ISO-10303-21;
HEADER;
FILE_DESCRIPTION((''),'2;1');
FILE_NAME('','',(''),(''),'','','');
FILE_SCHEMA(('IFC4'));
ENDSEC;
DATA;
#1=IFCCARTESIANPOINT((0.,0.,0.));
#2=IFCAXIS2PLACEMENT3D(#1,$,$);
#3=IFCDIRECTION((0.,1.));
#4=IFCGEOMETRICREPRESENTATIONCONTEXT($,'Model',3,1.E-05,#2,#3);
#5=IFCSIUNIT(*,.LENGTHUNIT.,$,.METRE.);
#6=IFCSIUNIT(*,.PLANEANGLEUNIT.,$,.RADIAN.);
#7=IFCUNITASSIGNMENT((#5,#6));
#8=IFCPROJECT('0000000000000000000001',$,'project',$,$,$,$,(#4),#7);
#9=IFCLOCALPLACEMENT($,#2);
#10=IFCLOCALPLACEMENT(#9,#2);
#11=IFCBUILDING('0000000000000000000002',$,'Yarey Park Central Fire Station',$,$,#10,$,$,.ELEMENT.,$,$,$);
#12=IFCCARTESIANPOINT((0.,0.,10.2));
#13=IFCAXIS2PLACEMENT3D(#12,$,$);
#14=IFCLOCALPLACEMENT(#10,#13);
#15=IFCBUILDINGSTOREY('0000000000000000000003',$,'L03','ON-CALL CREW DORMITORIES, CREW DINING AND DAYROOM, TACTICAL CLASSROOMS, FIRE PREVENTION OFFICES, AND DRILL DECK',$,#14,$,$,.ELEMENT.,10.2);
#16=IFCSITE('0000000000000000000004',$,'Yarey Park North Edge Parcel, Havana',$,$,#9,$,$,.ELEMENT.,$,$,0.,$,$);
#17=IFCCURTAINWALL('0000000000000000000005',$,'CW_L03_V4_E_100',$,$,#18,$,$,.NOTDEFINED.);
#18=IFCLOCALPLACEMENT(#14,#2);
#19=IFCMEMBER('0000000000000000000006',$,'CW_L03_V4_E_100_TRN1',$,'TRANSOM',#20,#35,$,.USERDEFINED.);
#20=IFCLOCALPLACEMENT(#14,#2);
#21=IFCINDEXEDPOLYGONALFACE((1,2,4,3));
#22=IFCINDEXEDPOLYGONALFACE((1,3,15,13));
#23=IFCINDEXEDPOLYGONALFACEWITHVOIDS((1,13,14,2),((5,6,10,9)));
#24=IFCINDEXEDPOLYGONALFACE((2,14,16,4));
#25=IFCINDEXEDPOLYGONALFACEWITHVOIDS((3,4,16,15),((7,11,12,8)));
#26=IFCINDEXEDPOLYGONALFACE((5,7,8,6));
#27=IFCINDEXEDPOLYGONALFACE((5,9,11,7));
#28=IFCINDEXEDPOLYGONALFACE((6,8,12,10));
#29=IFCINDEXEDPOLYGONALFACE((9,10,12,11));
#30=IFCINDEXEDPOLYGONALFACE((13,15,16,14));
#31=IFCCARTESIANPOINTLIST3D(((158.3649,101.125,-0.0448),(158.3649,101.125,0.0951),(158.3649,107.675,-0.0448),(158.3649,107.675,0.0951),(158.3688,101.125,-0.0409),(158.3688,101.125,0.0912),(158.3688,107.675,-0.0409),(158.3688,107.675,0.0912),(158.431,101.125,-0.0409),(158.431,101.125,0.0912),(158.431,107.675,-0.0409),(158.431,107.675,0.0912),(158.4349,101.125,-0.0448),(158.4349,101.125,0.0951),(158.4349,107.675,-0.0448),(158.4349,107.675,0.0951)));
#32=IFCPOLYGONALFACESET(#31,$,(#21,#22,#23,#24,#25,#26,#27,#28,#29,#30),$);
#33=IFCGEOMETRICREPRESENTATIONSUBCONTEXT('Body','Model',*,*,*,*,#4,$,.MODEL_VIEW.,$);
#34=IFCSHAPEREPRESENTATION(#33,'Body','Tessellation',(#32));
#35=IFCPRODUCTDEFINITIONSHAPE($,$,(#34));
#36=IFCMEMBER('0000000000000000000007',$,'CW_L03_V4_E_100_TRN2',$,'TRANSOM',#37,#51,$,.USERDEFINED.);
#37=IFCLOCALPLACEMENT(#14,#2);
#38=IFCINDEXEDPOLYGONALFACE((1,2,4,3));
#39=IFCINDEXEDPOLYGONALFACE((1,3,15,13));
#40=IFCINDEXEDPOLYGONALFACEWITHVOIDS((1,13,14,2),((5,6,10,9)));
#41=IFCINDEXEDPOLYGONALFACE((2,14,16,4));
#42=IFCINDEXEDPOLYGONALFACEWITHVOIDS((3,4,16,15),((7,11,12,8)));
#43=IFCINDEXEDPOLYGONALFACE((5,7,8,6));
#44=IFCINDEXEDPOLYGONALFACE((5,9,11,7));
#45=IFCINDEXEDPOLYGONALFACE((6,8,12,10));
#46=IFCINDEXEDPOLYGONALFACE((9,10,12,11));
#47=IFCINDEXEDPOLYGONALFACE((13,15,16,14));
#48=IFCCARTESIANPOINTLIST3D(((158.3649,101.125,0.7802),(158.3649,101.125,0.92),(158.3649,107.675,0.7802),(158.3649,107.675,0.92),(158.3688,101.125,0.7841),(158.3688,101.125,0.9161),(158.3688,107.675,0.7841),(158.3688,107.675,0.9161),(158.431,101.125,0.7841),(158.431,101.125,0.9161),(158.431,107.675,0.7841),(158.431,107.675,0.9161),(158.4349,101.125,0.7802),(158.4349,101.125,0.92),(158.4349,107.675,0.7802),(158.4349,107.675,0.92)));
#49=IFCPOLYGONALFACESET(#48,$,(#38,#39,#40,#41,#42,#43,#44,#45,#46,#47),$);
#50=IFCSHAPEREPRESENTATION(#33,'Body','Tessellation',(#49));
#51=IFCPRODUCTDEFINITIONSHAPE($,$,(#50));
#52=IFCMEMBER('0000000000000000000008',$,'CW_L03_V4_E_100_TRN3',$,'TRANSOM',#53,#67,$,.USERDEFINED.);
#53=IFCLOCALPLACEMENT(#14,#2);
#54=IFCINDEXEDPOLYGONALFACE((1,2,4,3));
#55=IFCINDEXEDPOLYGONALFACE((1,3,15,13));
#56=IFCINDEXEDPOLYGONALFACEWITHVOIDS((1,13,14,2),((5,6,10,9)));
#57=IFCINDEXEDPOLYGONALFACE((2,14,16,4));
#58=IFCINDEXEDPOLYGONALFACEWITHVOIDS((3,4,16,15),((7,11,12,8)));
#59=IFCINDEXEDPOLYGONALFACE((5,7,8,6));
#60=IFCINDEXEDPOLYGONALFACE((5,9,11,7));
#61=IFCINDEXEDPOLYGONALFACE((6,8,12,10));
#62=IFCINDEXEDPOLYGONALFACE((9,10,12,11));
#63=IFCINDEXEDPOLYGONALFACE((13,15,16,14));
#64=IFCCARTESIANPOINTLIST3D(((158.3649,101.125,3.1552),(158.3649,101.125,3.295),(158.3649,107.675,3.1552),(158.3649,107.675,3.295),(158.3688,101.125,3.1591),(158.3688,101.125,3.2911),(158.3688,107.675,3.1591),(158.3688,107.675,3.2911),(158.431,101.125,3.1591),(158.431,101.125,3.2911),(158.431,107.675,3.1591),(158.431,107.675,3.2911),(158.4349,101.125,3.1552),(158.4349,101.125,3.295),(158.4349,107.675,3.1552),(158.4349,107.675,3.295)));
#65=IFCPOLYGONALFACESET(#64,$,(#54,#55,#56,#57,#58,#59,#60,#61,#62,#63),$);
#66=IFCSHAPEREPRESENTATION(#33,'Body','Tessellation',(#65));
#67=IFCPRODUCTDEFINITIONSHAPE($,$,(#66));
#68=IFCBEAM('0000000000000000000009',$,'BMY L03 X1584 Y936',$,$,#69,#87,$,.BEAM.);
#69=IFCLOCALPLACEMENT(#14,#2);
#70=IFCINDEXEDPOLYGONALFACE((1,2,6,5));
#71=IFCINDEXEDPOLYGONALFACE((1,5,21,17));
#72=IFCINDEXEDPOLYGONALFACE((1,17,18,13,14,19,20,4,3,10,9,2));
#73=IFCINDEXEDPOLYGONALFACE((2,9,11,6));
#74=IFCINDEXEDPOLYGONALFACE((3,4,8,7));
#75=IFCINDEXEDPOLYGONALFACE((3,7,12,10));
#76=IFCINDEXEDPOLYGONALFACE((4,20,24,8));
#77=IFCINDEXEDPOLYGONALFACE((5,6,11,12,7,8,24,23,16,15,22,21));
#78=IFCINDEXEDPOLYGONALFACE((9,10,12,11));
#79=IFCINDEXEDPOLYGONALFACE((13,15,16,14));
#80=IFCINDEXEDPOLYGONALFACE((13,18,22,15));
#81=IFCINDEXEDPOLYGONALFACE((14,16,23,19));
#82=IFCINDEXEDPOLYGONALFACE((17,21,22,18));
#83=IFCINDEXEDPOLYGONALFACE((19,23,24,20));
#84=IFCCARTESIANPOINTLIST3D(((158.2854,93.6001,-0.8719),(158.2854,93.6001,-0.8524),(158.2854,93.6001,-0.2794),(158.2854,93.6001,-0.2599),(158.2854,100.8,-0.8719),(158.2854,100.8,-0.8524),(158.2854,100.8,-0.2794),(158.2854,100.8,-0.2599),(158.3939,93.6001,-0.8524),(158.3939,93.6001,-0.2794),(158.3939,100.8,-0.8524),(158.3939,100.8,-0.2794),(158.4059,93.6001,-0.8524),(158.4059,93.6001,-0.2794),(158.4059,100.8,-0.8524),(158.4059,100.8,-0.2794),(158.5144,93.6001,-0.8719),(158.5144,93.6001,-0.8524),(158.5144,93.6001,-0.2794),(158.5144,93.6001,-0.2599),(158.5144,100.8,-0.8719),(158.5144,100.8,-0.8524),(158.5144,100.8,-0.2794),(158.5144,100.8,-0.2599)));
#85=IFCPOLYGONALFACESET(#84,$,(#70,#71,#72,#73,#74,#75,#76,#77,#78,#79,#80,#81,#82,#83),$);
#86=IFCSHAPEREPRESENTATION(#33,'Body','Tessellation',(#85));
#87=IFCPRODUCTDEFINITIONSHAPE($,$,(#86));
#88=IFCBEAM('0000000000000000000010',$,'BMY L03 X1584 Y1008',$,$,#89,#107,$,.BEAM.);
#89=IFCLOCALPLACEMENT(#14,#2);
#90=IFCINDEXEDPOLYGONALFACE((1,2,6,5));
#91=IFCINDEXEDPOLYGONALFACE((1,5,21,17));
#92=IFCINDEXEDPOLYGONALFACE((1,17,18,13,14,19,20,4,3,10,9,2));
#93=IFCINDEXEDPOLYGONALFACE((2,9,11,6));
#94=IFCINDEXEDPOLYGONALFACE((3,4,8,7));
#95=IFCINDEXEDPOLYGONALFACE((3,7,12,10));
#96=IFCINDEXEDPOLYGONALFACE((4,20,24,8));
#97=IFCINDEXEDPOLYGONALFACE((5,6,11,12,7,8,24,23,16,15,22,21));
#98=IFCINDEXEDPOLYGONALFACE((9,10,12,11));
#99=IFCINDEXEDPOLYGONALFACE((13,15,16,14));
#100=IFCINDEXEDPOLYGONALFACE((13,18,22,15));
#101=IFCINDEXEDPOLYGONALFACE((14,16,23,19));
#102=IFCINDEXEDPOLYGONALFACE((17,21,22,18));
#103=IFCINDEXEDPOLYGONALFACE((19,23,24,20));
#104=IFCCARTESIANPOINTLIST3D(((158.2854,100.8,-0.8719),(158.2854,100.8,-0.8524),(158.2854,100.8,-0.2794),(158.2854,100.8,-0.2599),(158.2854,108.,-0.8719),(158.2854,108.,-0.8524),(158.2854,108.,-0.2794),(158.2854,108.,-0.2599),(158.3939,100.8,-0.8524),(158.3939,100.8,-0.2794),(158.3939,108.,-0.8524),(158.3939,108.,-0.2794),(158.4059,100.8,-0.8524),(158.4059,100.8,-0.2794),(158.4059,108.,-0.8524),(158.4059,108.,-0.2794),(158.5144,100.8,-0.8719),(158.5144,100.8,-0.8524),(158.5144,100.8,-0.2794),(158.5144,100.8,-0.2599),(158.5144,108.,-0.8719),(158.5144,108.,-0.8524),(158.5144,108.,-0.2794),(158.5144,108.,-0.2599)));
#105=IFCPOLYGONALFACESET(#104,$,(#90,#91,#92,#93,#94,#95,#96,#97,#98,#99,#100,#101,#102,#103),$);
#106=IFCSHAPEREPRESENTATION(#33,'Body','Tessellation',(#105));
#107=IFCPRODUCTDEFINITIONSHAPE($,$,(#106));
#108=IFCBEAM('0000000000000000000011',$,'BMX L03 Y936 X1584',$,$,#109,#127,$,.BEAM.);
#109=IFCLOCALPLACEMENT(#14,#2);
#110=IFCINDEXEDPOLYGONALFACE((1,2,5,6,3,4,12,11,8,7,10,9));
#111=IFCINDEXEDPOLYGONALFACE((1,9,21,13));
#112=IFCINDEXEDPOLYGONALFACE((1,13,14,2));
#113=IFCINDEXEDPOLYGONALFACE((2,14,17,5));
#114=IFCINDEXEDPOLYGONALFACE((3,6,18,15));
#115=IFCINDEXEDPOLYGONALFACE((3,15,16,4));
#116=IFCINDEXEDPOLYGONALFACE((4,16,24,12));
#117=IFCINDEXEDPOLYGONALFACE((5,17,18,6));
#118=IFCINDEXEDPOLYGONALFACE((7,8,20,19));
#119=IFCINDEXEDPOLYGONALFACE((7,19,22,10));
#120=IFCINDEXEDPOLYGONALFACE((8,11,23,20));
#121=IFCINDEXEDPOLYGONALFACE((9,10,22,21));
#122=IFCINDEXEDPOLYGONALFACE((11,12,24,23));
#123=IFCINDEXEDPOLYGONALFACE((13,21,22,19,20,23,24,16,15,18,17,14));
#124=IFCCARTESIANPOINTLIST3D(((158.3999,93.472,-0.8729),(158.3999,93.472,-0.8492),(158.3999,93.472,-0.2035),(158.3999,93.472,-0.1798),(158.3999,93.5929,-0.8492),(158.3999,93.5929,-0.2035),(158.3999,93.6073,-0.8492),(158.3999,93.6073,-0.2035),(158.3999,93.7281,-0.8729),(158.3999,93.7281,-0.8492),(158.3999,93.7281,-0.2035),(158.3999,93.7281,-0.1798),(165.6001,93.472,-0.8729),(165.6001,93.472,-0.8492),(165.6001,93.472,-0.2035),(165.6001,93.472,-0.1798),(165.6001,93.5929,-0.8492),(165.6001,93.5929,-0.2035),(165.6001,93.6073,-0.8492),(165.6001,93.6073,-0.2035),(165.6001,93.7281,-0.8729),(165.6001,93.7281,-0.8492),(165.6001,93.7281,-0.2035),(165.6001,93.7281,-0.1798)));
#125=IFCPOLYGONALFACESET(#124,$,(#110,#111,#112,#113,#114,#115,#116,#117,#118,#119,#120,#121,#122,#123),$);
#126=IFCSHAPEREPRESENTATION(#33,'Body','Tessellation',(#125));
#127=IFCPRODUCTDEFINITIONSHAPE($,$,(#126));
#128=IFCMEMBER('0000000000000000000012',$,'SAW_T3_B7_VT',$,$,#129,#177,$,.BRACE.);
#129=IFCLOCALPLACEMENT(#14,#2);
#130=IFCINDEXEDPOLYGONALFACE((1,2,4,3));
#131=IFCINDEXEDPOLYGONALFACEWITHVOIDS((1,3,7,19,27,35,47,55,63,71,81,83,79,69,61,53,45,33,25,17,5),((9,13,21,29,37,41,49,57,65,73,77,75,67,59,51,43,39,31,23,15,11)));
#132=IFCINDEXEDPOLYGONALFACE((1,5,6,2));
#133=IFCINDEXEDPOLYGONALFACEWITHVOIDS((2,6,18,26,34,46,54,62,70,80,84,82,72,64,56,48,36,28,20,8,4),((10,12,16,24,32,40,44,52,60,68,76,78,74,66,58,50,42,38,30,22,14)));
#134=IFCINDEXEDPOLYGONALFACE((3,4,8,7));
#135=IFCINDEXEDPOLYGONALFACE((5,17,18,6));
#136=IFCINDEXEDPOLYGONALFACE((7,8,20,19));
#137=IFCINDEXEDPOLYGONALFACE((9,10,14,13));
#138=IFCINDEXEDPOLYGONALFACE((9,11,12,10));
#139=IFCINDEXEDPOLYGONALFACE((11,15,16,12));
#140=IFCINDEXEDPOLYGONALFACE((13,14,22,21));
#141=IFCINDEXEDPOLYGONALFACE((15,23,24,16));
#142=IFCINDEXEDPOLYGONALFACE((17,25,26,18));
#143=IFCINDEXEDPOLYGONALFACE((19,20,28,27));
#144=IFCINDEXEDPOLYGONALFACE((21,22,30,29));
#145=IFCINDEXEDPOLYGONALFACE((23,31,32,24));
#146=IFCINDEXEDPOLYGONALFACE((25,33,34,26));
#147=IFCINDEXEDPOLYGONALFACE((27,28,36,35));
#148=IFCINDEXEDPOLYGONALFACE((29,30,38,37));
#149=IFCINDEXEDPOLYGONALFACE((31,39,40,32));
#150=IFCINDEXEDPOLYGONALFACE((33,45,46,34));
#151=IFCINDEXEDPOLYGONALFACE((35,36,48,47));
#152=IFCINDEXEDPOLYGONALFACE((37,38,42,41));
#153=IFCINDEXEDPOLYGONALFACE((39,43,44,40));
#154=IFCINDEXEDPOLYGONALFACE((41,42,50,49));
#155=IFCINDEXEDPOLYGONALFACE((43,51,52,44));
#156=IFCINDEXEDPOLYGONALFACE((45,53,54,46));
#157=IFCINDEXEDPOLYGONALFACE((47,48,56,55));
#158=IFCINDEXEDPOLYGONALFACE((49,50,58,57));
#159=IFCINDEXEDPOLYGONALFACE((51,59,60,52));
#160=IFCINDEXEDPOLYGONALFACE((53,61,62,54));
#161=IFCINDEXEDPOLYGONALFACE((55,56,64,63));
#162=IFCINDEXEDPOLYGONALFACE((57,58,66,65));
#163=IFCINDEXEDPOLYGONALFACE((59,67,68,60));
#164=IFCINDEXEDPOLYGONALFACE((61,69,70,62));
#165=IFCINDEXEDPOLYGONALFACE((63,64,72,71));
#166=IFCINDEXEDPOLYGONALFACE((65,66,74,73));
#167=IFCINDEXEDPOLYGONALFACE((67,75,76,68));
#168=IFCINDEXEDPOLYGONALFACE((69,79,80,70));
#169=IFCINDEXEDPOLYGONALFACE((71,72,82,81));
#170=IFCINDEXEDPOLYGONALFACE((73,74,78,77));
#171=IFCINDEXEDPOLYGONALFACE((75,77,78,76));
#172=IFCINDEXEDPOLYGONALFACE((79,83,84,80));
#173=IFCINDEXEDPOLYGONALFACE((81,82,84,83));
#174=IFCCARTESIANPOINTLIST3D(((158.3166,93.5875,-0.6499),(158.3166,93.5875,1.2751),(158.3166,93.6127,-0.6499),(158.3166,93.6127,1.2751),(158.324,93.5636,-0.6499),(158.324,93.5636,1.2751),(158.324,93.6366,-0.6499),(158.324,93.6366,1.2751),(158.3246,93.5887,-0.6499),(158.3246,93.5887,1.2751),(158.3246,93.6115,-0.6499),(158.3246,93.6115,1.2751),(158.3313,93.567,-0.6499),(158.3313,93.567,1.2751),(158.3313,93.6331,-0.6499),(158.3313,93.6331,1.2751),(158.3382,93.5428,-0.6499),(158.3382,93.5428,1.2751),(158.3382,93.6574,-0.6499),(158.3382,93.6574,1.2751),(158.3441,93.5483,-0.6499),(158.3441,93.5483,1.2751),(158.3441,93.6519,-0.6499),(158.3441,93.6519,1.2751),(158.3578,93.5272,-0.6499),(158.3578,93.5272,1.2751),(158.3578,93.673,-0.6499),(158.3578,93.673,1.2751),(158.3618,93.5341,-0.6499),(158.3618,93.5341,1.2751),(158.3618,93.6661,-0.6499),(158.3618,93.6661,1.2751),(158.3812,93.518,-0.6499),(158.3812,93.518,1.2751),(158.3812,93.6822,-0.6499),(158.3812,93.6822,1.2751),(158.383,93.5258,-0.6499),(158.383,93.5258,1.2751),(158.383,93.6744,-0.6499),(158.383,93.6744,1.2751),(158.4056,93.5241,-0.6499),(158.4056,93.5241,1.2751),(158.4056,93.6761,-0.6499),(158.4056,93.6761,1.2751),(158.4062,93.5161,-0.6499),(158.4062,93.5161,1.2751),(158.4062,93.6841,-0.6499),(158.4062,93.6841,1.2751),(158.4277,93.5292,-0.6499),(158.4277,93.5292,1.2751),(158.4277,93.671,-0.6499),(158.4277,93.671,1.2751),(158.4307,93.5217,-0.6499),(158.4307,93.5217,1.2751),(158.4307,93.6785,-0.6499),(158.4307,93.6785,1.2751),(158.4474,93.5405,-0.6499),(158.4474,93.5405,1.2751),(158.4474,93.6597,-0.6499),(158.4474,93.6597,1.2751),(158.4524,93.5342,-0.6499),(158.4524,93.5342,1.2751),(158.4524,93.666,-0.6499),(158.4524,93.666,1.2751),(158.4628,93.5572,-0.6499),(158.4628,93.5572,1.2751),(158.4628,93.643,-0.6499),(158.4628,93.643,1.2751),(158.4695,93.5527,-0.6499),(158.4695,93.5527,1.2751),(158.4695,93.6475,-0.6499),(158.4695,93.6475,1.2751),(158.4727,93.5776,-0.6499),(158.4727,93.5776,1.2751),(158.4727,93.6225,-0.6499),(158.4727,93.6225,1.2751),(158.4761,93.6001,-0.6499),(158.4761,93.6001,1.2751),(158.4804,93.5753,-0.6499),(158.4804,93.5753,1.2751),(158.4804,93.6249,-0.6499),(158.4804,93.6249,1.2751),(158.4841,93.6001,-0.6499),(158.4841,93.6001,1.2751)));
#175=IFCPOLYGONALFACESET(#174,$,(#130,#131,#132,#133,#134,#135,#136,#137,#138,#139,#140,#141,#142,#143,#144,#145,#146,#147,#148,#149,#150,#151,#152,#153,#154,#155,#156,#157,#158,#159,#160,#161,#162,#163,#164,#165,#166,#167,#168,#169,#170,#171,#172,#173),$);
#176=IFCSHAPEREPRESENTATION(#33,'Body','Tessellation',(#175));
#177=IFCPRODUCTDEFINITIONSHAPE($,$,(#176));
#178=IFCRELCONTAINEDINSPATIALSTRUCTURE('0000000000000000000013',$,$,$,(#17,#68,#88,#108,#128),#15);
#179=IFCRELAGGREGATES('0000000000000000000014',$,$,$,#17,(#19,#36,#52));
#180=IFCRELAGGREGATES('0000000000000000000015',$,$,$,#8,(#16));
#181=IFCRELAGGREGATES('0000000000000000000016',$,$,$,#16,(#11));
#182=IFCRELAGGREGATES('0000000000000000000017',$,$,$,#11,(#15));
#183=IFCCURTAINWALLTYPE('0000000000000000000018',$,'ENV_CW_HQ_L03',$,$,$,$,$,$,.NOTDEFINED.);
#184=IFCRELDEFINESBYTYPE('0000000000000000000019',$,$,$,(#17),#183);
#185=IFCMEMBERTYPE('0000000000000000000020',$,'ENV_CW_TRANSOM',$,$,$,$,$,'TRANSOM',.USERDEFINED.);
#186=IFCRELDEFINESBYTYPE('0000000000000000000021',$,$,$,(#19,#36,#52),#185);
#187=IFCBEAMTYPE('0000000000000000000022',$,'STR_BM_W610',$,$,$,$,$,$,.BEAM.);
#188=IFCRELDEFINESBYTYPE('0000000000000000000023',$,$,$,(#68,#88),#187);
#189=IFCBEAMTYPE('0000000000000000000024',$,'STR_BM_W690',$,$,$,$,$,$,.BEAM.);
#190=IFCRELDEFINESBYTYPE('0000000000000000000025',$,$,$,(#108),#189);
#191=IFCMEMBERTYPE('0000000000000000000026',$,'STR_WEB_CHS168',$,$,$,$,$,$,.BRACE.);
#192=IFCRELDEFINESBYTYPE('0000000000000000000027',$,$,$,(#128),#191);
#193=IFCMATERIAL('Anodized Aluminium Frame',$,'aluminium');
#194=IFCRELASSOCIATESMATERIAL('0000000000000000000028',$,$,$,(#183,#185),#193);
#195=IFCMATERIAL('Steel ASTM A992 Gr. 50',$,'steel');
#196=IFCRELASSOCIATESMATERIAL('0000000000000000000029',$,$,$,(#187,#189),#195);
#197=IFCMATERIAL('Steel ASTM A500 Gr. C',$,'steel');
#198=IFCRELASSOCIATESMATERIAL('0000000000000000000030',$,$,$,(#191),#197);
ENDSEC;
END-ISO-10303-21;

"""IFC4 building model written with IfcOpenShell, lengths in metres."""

from ifc_helpers import new_model, si_unit, direction, frame, origin, origin_2d, place, context, subcontext, project, spatial, hollow_rectangle, hollow_circle, i_section, extrude, material, material_profile, profile_set, type_object, element, aggregate, save


model = new_model("IFC4")

# Units and contexts
model_context = context("Model", 3, precision=1e-05, world=origin(), true_north=direction((0.0, 1.0)))
body_context = subcontext(model_context, "Body", "Model", "MODEL_VIEW")
ifc_project = project(units=[si_unit("LENGTHUNIT", "METRE"), si_unit("PLANEANGLEUNIT", "RADIAN")], contexts=[model_context])

# Site, building, storey
site_placement = place(None, origin())
site = spatial("IfcSite", under=ifc_project, at=site_placement, Name="Yarey Park North Edge Parcel, Havana", CompositionType="ELEMENT", RefElevation=0.0)
building_placement = place(site_placement, origin())
building = spatial("IfcBuilding", under=site, at=building_placement, Name="Yarey Park Central Fire Station", CompositionType="ELEMENT")
storey_placement = place(building_placement, frame((0.0, 0.0, 10.2)))
storey = spatial("IfcBuildingStorey", under=building, at=storey_placement, Name="L03", Description="ON-CALL CREW DORMITORIES, CREW DINING AND DAYROOM, TACTICAL CLASSROOMS, FIRE PREVENTION OFFICES, AND DRILL DECK", CompositionType="ELEMENT", Elevation=10.2)

# Shared definitions
ifc_material_1 = material(Name="Anodized Aluminium Frame", Category="aluminium")
curtain_wall_type = type_object("IfcCurtainWallType", Name="ENV_CW_HQ_L03", PredefinedType="NOTDEFINED", material=ifc_material_1)

# Curtain wall
curtain_wall_1_placement = place(storey_placement, origin())
curtain_wall_1 = element("IfcCurtainWall", 1, at=curtain_wall_1_placement, inside=storey, type_object=curtain_wall_type, Name="CW_L03_V4_E_100", PredefinedType="NOTDEFINED")

# Members
ifc_material_profile_1 = material_profile(ifc_material_1, hollow_rectangle(XDim=0.0701, YDim=0.1399, WallThickness=0.0039, at=origin_2d()), Name="ALU 140x70x4")
ifc_profile_set_1 = profile_set([ifc_material_profile_1], Name="Anodized Aluminium Frame")
member_type_1 = type_object("IfcMemberType", Name="ENV_CW_TRANSOM", ElementType="TRANSOM", PredefinedType="USERDEFINED", material=ifc_profile_set_1)
member_1_placement = place(storey_placement, frame((158.3999, 101.125, 0.0251), z_axis=(0.0, 1.0, 0.0), x_axis=(-1.0, 0.0, 0.0)))
member_1 = element("IfcMember", 2, at=member_1_placement, type_object=member_type_1, Name="CW_L03_V4_E_100_TRN1", ObjectType="TRANSOM", PredefinedType="USERDEFINED", context=body_context, shape_type="SweptSolid", body=[
    extrude(hollow_rectangle(XDim=0.0701, YDim=0.1399, WallThickness=0.0039, at=origin_2d()), origin(), (0.0, 0.0, 1.0), 6.55),
])
member_2_placement = place(storey_placement, frame((158.3999, 101.125, 0.8501), z_axis=(0.0, 1.0, 0.0), x_axis=(-1.0, 0.0, 0.0)))
member_2 = element("IfcMember", 3, at=member_2_placement, type_object=member_type_1, Name="CW_L03_V4_E_100_TRN2", ObjectType="TRANSOM", PredefinedType="USERDEFINED", context=body_context, shape_type="SweptSolid", body=[
    extrude(hollow_rectangle(XDim=0.0701, YDim=0.1399, WallThickness=0.0039, at=origin_2d()), origin(), (0.0, 0.0, 1.0), 6.55),
])
member_3_placement = place(storey_placement, frame((158.3999, 101.125, 3.2251), z_axis=(0.0, 1.0, 0.0), x_axis=(-1.0, 0.0, 0.0)))
member_3 = element("IfcMember", 4, at=member_3_placement, type_object=member_type_1, Name="CW_L03_V4_E_100_TRN3", ObjectType="TRANSOM", PredefinedType="USERDEFINED", context=body_context, shape_type="SweptSolid", body=[
    extrude(hollow_rectangle(XDim=0.0701, YDim=0.1399, WallThickness=0.0039, at=origin_2d()), origin(), (0.0, 0.0, 1.0), 6.55),
])

# Beams
ifc_material_2 = material(Name="Steel ASTM A992 Gr. 50", Category="steel")
ifc_material_profile_2 = material_profile(ifc_material_2, i_section(OverallWidth=0.229, OverallDepth=0.6121, WebThickness=0.012, FlangeThickness=0.0195, at=origin_2d()), Name="W610x125")
ifc_profile_set_2 = profile_set([ifc_material_profile_2], Name="Steel ASTM A992 Gr. 50")
beam_type_1 = type_object("IfcBeamType", Name="STR_BM_W610", PredefinedType="BEAM", material=ifc_profile_set_2)
for number, where, z_axis, x_axis, name in (
    (5, (158.3999, 93.6001, -0.5659), (0.0, 1.0, 0.0), (-1.0, 0.0, 0.0), "BMY L03 X1584 Y936"),
    (6, (158.3999, 100.8, -0.5659), (0.0, 1.0, 0.0), (-1.0, 0.0, 0.0), "BMY L03 X1584 Y1008"),
):
    element("IfcBeam", number, at=place(storey_placement, frame(where, z_axis=z_axis, x_axis=x_axis)), inside=storey, type_object=beam_type_1, Name=name, PredefinedType="BEAM", context=body_context, shape_type="SweptSolid", body=[
        extrude(i_section(OverallWidth=0.229, OverallDepth=0.6121, WebThickness=0.012, FlangeThickness=0.0195, at=origin_2d()), origin(), (0.0, 0.0, 1.0), 7.2),
    ])
ifc_material_profile_3 = material_profile(ifc_material_2, i_section(OverallWidth=0.2561, OverallDepth=0.6931, WebThickness=0.0144, FlangeThickness=0.0237, at=origin_2d()), Name="W690x170")
ifc_profile_set_3 = profile_set([ifc_material_profile_3], Name="Steel ASTM A992 Gr. 50")
beam_type_2 = type_object("IfcBeamType", Name="STR_BM_W690", PredefinedType="BEAM", material=ifc_profile_set_3)
beam_placement = place(storey_placement, frame((158.3999, 93.6001, -0.5264), z_axis=(1.0, 0.0, 0.0), x_axis=(0.0, 1.0, 0.0)))
element("IfcBeam", 7, at=beam_placement, inside=storey, type_object=beam_type_2, Name="BMX L03 Y936 X1584", PredefinedType="BEAM", context=body_context, shape_type="SweptSolid", body=[
    extrude(i_section(OverallWidth=0.2561, OverallDepth=0.6931, WebThickness=0.0144, FlangeThickness=0.0237, at=origin_2d()), origin(), (0.0, 0.0, 1.0), 7.2002),
])

# Member
ifc_material_3 = material(Name="Steel ASTM A500 Gr. C", Category="steel")
ifc_material_profile_4 = material_profile(ifc_material_3, hollow_circle(Radius=0.0842, WallThickness=0.0081, at=origin_2d()), Name="CHS 168.3x8")
ifc_profile_set_4 = profile_set([ifc_material_profile_4], Name="Steel ASTM A500 Gr. C")
member_type_2 = type_object("IfcMemberType", Name="STR_WEB_CHS168", PredefinedType="BRACE", material=ifc_profile_set_4)
for number, where, z_axis, x_axis, name in (
    (8, (158.3999, 93.6001, -0.6499), (0.0, 0.0, 1.0), (1.0, 0.0, 0.0), "SAW_T3_B7_VT"),
):
    element("IfcMember", number, at=place(storey_placement, frame(where, z_axis=z_axis, x_axis=x_axis)), inside=storey, type_object=member_type_2, Name=name, PredefinedType="BRACE", context=body_context, shape_type="SweptSolid", body=[
        extrude(hollow_circle(Radius=0.0842, WallThickness=0.0081, at=origin_2d()), origin(), (0.0, 0.0, 1.0), 1.925),
    ])

aggregate(curtain_wall_1, [member_1, member_2, member_3])

save(model, "model.ifc")
